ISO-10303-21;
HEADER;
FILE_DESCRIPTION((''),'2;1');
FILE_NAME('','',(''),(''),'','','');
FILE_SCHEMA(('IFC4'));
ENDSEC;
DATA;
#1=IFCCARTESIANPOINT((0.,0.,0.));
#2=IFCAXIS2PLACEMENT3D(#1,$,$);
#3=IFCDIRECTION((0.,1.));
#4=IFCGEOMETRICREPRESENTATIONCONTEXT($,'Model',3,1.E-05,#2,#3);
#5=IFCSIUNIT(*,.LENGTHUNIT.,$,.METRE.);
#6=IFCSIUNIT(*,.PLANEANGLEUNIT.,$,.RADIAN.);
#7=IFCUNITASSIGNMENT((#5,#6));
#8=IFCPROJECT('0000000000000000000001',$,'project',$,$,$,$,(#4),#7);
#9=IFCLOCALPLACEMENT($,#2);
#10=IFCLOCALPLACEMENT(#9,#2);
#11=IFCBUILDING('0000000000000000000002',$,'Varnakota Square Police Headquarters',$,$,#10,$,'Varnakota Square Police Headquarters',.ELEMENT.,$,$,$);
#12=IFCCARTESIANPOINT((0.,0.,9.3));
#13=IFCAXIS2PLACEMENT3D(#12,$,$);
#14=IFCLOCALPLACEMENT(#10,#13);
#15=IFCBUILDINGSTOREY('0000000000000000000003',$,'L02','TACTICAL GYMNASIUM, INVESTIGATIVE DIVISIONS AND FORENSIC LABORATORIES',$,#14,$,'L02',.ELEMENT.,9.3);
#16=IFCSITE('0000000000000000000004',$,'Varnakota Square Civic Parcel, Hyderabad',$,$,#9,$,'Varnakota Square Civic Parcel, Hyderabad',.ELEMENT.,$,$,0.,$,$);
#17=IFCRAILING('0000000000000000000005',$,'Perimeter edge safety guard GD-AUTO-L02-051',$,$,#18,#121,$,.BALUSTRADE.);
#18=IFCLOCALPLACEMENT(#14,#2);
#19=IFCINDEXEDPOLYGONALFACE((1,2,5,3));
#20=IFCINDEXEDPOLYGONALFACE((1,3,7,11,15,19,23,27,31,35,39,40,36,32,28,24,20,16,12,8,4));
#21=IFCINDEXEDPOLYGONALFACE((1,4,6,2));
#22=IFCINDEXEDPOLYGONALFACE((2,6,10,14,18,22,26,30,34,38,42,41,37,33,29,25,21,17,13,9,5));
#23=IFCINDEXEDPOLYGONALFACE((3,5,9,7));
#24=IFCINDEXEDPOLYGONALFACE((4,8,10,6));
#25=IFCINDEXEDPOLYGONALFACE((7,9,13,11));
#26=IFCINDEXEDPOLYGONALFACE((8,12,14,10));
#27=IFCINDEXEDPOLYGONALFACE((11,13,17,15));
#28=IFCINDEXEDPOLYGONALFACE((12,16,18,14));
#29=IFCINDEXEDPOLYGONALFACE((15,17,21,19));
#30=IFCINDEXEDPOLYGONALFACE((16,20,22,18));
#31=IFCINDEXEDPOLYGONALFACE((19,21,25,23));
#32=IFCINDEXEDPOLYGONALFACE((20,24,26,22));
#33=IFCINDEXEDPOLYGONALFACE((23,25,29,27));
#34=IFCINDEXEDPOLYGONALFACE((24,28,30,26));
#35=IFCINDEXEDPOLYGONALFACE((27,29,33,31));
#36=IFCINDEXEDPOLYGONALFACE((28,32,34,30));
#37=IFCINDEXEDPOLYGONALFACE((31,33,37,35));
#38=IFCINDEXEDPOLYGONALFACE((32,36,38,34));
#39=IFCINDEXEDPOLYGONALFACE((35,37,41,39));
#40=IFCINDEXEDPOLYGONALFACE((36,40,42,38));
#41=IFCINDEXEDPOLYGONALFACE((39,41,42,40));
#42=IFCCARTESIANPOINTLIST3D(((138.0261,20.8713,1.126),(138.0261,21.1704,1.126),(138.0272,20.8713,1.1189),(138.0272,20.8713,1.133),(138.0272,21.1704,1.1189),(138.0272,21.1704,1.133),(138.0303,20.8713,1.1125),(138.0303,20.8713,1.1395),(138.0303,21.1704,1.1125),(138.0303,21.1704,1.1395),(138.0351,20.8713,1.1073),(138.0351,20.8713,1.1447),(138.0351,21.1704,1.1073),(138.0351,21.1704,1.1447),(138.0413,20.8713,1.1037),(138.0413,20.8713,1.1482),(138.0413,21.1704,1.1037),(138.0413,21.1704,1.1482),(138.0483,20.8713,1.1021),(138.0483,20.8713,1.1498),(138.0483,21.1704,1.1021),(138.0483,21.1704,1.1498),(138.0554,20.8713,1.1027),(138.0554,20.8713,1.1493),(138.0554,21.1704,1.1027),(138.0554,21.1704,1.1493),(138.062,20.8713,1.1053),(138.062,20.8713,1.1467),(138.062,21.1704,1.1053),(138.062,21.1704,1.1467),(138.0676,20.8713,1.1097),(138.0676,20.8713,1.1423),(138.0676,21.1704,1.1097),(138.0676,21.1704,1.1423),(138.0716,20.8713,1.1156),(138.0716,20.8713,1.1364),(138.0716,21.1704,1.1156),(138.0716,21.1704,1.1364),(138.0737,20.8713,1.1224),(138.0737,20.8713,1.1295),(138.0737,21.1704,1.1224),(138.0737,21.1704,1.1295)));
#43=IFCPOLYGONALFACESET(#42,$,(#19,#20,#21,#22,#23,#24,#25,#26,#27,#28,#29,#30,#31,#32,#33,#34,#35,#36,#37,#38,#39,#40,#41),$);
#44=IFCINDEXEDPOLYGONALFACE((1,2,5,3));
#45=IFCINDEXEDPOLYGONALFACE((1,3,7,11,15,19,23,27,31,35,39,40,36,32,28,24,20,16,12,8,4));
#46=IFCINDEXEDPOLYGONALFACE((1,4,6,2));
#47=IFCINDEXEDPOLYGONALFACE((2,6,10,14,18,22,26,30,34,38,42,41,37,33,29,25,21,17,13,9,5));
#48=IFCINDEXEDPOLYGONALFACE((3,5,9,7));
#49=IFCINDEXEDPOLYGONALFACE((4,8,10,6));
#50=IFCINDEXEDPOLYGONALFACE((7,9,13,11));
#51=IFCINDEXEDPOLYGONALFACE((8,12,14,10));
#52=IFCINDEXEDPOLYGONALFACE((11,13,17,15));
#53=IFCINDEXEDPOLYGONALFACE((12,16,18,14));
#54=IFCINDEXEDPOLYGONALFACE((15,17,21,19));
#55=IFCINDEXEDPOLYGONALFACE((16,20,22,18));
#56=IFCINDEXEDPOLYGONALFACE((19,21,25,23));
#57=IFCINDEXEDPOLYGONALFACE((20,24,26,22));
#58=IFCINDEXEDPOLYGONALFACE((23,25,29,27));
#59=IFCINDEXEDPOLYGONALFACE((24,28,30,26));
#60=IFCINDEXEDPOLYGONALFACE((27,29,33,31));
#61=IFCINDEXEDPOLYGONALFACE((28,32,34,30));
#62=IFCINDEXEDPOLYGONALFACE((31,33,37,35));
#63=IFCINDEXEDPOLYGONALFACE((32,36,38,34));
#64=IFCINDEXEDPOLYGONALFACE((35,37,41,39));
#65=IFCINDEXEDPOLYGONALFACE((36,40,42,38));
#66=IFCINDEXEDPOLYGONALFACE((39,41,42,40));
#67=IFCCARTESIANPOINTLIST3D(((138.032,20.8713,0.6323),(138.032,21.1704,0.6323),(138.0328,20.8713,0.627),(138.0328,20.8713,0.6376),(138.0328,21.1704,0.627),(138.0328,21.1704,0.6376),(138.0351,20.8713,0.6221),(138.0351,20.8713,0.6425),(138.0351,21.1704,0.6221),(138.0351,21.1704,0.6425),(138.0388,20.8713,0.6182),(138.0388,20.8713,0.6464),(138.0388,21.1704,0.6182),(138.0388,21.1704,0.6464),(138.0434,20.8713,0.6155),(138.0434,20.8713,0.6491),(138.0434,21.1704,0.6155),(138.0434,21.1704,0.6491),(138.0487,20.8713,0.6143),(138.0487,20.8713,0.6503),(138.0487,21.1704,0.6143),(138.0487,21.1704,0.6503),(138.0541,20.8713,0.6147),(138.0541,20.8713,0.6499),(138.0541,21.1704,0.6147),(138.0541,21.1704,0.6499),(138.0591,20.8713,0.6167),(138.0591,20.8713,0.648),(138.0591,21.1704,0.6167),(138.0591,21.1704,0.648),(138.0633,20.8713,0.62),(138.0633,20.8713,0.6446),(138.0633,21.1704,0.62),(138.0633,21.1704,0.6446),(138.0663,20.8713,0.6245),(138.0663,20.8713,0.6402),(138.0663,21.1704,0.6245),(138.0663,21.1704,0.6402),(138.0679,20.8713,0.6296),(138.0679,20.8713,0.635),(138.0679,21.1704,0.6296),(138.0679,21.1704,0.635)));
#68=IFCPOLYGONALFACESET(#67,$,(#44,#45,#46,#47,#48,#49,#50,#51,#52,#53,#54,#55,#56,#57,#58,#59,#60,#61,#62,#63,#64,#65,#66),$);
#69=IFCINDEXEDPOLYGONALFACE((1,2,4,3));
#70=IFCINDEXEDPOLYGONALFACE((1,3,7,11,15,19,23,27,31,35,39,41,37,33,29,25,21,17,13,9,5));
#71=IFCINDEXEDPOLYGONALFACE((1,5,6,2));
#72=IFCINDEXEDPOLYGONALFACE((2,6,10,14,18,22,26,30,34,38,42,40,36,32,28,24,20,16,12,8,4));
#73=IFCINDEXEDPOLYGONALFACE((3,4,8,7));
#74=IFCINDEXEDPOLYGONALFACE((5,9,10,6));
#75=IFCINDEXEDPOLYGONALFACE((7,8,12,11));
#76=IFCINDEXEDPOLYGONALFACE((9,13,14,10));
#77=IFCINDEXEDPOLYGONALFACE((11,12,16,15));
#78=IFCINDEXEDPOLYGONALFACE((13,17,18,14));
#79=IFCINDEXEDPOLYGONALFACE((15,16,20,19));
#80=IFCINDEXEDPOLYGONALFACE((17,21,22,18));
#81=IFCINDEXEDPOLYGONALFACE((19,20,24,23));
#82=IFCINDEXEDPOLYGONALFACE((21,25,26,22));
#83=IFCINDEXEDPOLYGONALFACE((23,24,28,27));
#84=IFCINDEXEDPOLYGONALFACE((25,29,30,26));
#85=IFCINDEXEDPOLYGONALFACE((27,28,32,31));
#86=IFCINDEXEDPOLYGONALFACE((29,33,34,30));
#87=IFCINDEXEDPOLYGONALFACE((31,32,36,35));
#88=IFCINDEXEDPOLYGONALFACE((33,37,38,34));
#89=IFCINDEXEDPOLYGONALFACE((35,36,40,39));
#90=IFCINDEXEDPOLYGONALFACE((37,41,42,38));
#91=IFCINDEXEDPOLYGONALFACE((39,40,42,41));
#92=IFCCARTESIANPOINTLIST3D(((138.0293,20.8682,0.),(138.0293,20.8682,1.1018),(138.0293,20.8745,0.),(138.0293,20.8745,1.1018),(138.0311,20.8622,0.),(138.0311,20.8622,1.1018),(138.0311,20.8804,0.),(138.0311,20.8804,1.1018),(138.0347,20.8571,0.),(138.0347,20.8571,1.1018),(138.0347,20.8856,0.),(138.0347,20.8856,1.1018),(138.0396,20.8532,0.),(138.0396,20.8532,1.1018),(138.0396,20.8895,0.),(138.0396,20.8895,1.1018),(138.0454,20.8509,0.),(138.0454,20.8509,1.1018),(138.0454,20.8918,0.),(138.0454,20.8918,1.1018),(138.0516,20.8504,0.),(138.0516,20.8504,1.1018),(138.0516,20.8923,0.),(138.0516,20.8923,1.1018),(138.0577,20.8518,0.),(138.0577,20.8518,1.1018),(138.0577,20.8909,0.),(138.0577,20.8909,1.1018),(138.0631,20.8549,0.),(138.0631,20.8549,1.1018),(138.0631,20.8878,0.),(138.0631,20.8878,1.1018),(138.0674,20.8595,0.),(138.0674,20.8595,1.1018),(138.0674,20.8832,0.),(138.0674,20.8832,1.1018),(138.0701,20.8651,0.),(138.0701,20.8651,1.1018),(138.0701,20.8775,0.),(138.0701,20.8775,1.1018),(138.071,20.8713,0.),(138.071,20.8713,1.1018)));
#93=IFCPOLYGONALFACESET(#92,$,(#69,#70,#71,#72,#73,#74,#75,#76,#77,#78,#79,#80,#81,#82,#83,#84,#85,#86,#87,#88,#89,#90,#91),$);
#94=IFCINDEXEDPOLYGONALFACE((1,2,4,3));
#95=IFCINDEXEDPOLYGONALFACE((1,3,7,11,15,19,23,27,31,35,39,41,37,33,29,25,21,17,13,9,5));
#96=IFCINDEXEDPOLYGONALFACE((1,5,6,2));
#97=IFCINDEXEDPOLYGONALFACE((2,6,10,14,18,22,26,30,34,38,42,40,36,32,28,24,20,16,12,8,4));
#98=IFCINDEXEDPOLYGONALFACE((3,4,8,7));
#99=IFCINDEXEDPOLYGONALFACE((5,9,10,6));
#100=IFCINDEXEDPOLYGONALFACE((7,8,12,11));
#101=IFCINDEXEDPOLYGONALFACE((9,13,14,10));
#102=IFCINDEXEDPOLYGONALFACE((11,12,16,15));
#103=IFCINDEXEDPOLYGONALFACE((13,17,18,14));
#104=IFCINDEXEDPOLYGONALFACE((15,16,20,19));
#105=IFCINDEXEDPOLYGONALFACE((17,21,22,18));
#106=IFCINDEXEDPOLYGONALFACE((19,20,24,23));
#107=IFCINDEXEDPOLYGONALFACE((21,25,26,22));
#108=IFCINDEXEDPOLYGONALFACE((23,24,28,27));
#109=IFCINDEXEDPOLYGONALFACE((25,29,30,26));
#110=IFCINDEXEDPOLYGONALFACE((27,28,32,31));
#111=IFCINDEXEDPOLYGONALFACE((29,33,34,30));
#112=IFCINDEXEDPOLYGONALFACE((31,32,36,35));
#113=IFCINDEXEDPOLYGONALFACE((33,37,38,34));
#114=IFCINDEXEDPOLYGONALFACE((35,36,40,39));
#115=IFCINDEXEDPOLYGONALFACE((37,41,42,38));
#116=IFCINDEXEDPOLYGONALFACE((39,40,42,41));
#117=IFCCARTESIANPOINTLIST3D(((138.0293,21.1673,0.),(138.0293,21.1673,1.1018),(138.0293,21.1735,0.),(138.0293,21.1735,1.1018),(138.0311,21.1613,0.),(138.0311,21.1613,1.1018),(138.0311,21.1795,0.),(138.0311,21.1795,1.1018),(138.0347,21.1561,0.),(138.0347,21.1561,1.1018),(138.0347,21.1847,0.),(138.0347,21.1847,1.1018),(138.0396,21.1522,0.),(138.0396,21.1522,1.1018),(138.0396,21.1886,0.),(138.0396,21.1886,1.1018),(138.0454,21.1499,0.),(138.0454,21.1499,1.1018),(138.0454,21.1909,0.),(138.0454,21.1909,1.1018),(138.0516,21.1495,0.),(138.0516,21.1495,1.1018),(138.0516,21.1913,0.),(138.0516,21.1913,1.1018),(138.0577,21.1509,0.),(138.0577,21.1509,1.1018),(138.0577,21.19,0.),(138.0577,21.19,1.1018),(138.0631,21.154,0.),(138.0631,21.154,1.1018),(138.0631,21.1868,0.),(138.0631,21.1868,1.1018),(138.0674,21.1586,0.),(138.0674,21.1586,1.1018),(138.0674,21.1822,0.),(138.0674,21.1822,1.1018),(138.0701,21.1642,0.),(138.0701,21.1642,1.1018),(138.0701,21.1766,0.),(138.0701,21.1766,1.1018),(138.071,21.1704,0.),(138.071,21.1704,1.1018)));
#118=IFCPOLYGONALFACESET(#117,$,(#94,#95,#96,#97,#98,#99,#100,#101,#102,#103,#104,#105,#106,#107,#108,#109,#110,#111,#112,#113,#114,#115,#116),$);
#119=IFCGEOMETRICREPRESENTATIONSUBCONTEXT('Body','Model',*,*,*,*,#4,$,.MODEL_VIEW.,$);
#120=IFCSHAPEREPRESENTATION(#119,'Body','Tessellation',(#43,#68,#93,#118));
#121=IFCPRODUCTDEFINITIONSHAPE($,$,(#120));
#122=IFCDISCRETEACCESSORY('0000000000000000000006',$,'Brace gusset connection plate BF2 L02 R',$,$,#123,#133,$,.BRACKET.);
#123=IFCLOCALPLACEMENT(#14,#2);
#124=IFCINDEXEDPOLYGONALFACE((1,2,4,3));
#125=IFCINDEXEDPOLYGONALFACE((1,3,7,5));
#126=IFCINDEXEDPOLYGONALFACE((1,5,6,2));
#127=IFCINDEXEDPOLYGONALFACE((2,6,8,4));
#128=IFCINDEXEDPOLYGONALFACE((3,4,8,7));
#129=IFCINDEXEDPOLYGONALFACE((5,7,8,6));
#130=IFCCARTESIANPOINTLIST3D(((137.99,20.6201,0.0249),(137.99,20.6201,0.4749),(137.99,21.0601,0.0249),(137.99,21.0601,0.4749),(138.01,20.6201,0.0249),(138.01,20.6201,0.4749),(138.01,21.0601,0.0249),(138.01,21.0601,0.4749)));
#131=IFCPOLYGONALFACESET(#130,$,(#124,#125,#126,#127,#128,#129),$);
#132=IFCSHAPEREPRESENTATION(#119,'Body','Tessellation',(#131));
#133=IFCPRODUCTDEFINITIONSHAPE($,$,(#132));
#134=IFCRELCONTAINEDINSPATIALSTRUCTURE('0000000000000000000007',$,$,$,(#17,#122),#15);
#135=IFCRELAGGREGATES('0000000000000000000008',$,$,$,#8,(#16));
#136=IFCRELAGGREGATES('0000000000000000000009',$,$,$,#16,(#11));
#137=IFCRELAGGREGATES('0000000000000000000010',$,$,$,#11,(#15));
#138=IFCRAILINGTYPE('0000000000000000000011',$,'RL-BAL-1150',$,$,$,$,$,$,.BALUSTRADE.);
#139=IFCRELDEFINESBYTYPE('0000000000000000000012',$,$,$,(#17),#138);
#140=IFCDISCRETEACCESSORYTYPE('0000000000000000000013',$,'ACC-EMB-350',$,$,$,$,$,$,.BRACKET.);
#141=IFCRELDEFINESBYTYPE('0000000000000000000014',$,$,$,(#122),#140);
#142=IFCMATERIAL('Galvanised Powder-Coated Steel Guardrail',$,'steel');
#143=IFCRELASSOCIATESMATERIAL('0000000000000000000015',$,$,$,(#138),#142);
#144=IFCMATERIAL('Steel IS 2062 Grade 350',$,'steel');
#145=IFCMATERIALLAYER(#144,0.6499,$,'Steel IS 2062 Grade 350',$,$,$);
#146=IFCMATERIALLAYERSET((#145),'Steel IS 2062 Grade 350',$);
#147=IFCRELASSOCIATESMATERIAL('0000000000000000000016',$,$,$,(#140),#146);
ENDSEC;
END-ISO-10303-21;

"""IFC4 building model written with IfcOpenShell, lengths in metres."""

from ifc_helpers import new_model, si_unit, direction, frame, origin, origin_2d, place, context, subcontext, project, spatial, rectangle, circle, extrude, material, layer, layer_set, type_object, element, save


model = new_model("IFC4")

# Units and contexts
model_context = context("Model", 3, precision=1e-05, world=origin(), true_north=direction((0.0, 1.0)))
body_context = subcontext(model_context, "Body", "Model", "MODEL_VIEW")
ifc_project = project(units=[si_unit("LENGTHUNIT", "METRE"), si_unit("PLANEANGLEUNIT", "RADIAN")], contexts=[model_context])

# Site, building, storey
site_placement = place(None, origin())
site = spatial("IfcSite", under=ifc_project, at=site_placement, Name="Varnakota Square Civic Parcel, Hyderabad", LongName="Varnakota Square Civic Parcel, Hyderabad", CompositionType="ELEMENT", RefElevation=0.0)
building_placement = place(site_placement, origin())
building = spatial("IfcBuilding", under=site, at=building_placement, Name="Varnakota Square Police Headquarters", LongName="Varnakota Square Police Headquarters", CompositionType="ELEMENT")
storey_placement = place(building_placement, frame((0.0, 0.0, 9.3)))
storey = spatial("IfcBuildingStorey", under=building, at=storey_placement, Name="L02", Description="TACTICAL GYMNASIUM, INVESTIGATIVE DIVISIONS AND FORENSIC LABORATORIES", LongName="L02", CompositionType="ELEMENT", Elevation=9.3)

# Shared definitions
ifc_material_1 = material(Name="Steel IS 2062 Grade 350", Category="steel")

# Railing
ifc_material_2 = material(Name="Galvanised Powder-Coated Steel Guardrail", Category="steel")
railing_type = type_object("IfcRailingType", Name="RL-BAL-1150", PredefinedType="BALUSTRADE", material=ifc_material_2)
railing_placement = place(storey_placement, frame((138.05, 20.8713, 0.0)))
element("IfcRailing", 1, at=railing_placement, inside=storey, type_object=railing_type, Name="Perimeter edge safety guard GD-AUTO-L02-051", PredefinedType="BALUSTRADE", context=body_context, shape_type="SweptSolid", body=[
    extrude(circle(Radius=0.0239, at=origin_2d()), frame((0.0, 0.0, 1.126), z_axis=(0.0, 1.0, 0.0), x_axis=(-1.0, 0.0, 0.0)), (0.0, 0.0, 1.0), 0.2991),
    extrude(circle(Radius=0.0181, at=origin_2d()), frame((0.0, 0.0, 0.6323), z_axis=(0.0, 1.0, 0.0), x_axis=(-1.0, 0.0, 0.0)), (0.0, 0.0, 1.0), 0.2991),
    extrude(circle(Radius=0.021, at=origin_2d()), origin(), (0.0, 0.0, 1.0), 1.1018),
    extrude(circle(Radius=0.021, at=origin_2d()), frame((0.0, 0.2991, 0.0)), (0.0, 0.0, 1.0), 1.1018),
])

# Discrete accessory
ifc_layer_1 = layer(ifc_material_1, 0.6499, Name="Steel IS 2062 Grade 350")
ifc_layer_set_1 = layer_set([ifc_layer_1], Name="Steel IS 2062 Grade 350")
discrete_accessory_type = type_object("IfcDiscreteAccessoryType", Name="ACC-EMB-350", PredefinedType="BRACKET", material=ifc_layer_set_1)
discrete_accessory_placement = place(storey_placement, frame((138.0, 20.8401, 0.0249), z_axis=(0.0, 0.0, 1.0), x_axis=(0.0, 1.0, 0.0)))
element("IfcDiscreteAccessory", 2, at=discrete_accessory_placement, inside=storey, type_object=discrete_accessory_type, Name="Brace gusset connection plate BF2 L02 R", PredefinedType="BRACKET", context=body_context, shape_type="SweptSolid", body=[
    extrude(rectangle(XDim=0.4399, YDim=0.02, at=origin_2d()), origin(), (0.0, 0.0, 1.0), 0.45),
])

save(model, "model.ifc")
